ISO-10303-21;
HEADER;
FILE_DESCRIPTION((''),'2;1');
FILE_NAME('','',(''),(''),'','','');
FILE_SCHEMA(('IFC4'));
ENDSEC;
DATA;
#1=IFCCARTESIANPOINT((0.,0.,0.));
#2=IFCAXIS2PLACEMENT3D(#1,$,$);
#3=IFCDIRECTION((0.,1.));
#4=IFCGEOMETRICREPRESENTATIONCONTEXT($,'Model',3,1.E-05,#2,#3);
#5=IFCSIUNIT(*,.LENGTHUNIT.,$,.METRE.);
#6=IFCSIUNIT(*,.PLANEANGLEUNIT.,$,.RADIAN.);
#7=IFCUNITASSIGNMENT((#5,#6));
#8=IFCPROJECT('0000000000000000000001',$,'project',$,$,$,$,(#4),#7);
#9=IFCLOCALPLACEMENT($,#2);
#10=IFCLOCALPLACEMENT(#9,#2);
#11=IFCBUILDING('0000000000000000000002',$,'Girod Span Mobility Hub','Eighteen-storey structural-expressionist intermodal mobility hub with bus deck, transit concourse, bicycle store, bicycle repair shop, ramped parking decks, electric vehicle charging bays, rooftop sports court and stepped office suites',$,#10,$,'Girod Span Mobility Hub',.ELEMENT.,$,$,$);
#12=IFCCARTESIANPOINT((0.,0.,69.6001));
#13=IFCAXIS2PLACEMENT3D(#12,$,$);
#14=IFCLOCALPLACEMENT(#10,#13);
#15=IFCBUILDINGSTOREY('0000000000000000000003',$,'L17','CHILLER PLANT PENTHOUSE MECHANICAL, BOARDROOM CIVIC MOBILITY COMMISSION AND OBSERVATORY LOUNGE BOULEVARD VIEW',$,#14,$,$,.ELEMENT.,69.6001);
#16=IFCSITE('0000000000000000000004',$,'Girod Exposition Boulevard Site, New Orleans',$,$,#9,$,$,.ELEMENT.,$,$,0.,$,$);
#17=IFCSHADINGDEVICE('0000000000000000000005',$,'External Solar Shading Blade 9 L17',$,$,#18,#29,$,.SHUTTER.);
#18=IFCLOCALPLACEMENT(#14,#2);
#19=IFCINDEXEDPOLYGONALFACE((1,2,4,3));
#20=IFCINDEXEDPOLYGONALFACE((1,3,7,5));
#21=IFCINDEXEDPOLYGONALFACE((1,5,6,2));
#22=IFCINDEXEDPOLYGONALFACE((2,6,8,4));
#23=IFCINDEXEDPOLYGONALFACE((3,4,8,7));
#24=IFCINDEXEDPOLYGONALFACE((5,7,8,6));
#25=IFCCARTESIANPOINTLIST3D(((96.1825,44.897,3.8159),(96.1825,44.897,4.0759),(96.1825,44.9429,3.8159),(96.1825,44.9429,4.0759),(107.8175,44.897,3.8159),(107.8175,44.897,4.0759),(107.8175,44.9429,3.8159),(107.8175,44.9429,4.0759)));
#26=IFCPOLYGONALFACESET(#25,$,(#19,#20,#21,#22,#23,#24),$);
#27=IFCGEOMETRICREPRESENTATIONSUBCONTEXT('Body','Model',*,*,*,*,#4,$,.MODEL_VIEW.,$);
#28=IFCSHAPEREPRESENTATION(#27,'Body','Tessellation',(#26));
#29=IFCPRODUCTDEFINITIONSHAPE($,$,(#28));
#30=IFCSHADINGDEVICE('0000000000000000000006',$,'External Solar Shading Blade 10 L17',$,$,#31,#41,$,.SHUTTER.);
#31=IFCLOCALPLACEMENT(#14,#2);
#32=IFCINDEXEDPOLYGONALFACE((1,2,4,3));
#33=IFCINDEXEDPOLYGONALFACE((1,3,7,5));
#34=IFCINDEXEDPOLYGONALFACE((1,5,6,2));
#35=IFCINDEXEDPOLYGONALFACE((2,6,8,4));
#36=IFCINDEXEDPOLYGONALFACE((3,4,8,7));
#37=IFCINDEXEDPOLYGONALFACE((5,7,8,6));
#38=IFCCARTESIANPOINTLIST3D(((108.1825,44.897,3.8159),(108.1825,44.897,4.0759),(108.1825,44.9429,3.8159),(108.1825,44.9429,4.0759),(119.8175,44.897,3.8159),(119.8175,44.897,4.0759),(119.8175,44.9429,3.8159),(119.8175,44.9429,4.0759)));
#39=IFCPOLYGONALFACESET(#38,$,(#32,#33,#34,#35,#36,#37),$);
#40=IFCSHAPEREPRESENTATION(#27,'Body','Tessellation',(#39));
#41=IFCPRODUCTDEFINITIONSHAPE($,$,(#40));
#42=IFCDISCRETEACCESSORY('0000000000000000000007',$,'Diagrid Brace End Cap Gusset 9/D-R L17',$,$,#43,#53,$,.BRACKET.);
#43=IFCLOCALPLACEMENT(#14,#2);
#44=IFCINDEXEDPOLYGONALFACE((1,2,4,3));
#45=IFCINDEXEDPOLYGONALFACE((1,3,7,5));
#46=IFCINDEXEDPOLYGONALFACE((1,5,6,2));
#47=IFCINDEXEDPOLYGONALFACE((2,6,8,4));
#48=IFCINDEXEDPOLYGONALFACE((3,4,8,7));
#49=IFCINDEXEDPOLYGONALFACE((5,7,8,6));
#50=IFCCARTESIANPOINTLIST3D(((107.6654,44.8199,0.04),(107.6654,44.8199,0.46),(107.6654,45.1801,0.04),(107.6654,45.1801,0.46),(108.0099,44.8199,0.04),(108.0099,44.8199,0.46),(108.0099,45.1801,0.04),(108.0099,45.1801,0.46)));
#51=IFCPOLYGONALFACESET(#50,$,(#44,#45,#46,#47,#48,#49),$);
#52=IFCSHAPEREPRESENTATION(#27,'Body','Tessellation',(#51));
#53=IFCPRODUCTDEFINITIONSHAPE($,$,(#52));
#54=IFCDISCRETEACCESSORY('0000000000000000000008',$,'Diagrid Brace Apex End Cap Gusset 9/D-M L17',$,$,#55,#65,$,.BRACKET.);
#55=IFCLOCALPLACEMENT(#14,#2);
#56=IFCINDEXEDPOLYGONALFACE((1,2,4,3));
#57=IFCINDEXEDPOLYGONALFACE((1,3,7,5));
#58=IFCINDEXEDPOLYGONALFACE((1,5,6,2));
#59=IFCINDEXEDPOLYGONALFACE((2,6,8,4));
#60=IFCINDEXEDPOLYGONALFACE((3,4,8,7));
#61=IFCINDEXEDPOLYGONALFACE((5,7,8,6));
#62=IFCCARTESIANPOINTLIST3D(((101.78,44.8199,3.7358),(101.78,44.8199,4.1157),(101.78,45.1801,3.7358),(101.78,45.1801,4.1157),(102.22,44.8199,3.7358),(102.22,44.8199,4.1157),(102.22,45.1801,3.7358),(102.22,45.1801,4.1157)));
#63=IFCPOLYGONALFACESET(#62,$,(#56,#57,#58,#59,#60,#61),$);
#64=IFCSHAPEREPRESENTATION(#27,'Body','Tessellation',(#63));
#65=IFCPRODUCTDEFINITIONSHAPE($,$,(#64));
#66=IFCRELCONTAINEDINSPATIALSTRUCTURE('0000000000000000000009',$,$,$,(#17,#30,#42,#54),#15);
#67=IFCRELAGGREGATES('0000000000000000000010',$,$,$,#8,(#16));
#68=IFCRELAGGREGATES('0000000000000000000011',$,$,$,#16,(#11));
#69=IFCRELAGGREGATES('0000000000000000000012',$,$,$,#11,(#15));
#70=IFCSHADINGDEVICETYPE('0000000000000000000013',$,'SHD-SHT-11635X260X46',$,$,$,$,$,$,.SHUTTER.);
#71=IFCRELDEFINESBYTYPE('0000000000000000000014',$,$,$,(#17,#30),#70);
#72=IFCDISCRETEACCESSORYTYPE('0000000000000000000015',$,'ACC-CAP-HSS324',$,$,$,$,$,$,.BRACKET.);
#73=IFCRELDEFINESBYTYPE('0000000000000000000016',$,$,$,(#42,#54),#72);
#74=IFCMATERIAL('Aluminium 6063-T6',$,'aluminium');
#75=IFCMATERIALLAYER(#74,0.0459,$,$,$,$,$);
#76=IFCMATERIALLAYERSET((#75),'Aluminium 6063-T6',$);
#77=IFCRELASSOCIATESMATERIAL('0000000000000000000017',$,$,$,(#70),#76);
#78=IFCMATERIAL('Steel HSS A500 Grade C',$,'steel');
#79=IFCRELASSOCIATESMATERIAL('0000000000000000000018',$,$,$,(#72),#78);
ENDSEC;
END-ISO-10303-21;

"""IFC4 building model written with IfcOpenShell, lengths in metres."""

from ifc_helpers import new_model, si_unit, direction, frame, origin, origin_2d, place, context, subcontext, project, spatial, rectangle, extrude, material, layer, layer_set, type_object, element, save


model = new_model("IFC4")

# Units and contexts
model_context = context("Model", 3, precision=1e-05, world=origin(), true_north=direction((0.0, 1.0)))
body_context = subcontext(model_context, "Body", "Model", "MODEL_VIEW")
ifc_project = project(units=[si_unit("LENGTHUNIT", "METRE"), si_unit("PLANEANGLEUNIT", "RADIAN")], contexts=[model_context])

# Site, building, storey
site_placement = place(None, origin())
site = spatial("IfcSite", under=ifc_project, at=site_placement, Name="Girod Exposition Boulevard Site, New Orleans", CompositionType="ELEMENT", RefElevation=0.0)
building_placement = place(site_placement, origin())
building = spatial("IfcBuilding", under=site, at=building_placement, Name="Girod Span Mobility Hub", Description="Eighteen-storey structural-expressionist intermodal mobility hub with bus deck, transit concourse, bicycle store, bicycle repair shop, ramped parking decks, electric vehicle charging bays, rooftop sports court and stepped office suites", LongName="Girod Span Mobility Hub", CompositionType="ELEMENT")
storey_placement = place(building_placement, frame((0.0, 0.0, 69.6001)))
storey = spatial("IfcBuildingStorey", under=building, at=storey_placement, Name="L17", Description="CHILLER PLANT PENTHOUSE MECHANICAL, BOARDROOM CIVIC MOBILITY COMMISSION AND OBSERVATORY LOUNGE BOULEVARD VIEW", CompositionType="ELEMENT", Elevation=69.6001)

# Shading devices
ifc_material_1 = material(Name="Aluminium 6063-T6", Category="aluminium")
ifc_layer_1 = layer(ifc_material_1, 0.0459)
ifc_layer_set_1 = layer_set([ifc_layer_1], Name="Aluminium 6063-T6")
shading_device_type = type_object("IfcShadingDeviceType", Name="SHD-SHT-11635X260X46", PredefinedType="SHUTTER", material=ifc_layer_set_1)
for number, where, z_axis, x_axis, name in (
    (1, (102.0, 44.9199, 3.8159), (0.0, 0.0, 1.0), (1.0, 0.0, 0.0), "External Solar Shading Blade 9 L17"),
    (2, (114.0, 44.9199, 3.8159), (0.0, 0.0, 1.0), (1.0, 0.0, 0.0), "External Solar Shading Blade 10 L17"),
):
    element("IfcShadingDevice", number, at=place(storey_placement, frame(where, z_axis=z_axis, x_axis=x_axis)), inside=storey, type_object=shading_device_type, Name=name, PredefinedType="SHUTTER", context=body_context, shape_type="SweptSolid", body=[
        extrude(rectangle(XDim=11.635, YDim=0.0459, at=origin_2d()), origin(), (0.0, 0.0, 1.0), 0.26),
    ])

# Discrete accessories
ifc_material_2 = material(Name="Steel HSS A500 Grade C", Category="steel")
discrete_accessory_type = type_object("IfcDiscreteAccessoryType", Name="ACC-CAP-HSS324", PredefinedType="BRACKET", material=ifc_material_2)
discrete_accessory_1_placement = place(storey_placement, frame((107.8376, 45.0, 0.04), z_axis=(0.0, 0.0, 1.0), x_axis=(1.0, 0.0, 0.0)))
element("IfcDiscreteAccessory", 3, at=discrete_accessory_1_placement, inside=storey, type_object=discrete_accessory_type, Name="Diagrid Brace End Cap Gusset 9/D-R L17", PredefinedType="BRACKET", context=body_context, shape_type="SweptSolid", body=[
    extrude(rectangle(XDim=0.3445, YDim=0.3601, at=origin_2d()), origin(), (0.0, 0.0, 1.0), 0.4199),
])
discrete_accessory_2_placement = place(storey_placement, frame((102.0, 45.0, 3.7358), z_axis=(0.0, 0.0, 1.0), x_axis=(1.0, 0.0, 0.0)))
element("IfcDiscreteAccessory", 4, at=discrete_accessory_2_placement, inside=storey, type_object=discrete_accessory_type, Name="Diagrid Brace Apex End Cap Gusset 9/D-M L17", PredefinedType="BRACKET", context=body_context, shape_type="SweptSolid", body=[
    extrude(rectangle(XDim=0.4399, YDim=0.3601, at=origin_2d()), origin(), (0.0, 0.0, 1.0), 0.3799),
])

save(model, "model.ifc")
